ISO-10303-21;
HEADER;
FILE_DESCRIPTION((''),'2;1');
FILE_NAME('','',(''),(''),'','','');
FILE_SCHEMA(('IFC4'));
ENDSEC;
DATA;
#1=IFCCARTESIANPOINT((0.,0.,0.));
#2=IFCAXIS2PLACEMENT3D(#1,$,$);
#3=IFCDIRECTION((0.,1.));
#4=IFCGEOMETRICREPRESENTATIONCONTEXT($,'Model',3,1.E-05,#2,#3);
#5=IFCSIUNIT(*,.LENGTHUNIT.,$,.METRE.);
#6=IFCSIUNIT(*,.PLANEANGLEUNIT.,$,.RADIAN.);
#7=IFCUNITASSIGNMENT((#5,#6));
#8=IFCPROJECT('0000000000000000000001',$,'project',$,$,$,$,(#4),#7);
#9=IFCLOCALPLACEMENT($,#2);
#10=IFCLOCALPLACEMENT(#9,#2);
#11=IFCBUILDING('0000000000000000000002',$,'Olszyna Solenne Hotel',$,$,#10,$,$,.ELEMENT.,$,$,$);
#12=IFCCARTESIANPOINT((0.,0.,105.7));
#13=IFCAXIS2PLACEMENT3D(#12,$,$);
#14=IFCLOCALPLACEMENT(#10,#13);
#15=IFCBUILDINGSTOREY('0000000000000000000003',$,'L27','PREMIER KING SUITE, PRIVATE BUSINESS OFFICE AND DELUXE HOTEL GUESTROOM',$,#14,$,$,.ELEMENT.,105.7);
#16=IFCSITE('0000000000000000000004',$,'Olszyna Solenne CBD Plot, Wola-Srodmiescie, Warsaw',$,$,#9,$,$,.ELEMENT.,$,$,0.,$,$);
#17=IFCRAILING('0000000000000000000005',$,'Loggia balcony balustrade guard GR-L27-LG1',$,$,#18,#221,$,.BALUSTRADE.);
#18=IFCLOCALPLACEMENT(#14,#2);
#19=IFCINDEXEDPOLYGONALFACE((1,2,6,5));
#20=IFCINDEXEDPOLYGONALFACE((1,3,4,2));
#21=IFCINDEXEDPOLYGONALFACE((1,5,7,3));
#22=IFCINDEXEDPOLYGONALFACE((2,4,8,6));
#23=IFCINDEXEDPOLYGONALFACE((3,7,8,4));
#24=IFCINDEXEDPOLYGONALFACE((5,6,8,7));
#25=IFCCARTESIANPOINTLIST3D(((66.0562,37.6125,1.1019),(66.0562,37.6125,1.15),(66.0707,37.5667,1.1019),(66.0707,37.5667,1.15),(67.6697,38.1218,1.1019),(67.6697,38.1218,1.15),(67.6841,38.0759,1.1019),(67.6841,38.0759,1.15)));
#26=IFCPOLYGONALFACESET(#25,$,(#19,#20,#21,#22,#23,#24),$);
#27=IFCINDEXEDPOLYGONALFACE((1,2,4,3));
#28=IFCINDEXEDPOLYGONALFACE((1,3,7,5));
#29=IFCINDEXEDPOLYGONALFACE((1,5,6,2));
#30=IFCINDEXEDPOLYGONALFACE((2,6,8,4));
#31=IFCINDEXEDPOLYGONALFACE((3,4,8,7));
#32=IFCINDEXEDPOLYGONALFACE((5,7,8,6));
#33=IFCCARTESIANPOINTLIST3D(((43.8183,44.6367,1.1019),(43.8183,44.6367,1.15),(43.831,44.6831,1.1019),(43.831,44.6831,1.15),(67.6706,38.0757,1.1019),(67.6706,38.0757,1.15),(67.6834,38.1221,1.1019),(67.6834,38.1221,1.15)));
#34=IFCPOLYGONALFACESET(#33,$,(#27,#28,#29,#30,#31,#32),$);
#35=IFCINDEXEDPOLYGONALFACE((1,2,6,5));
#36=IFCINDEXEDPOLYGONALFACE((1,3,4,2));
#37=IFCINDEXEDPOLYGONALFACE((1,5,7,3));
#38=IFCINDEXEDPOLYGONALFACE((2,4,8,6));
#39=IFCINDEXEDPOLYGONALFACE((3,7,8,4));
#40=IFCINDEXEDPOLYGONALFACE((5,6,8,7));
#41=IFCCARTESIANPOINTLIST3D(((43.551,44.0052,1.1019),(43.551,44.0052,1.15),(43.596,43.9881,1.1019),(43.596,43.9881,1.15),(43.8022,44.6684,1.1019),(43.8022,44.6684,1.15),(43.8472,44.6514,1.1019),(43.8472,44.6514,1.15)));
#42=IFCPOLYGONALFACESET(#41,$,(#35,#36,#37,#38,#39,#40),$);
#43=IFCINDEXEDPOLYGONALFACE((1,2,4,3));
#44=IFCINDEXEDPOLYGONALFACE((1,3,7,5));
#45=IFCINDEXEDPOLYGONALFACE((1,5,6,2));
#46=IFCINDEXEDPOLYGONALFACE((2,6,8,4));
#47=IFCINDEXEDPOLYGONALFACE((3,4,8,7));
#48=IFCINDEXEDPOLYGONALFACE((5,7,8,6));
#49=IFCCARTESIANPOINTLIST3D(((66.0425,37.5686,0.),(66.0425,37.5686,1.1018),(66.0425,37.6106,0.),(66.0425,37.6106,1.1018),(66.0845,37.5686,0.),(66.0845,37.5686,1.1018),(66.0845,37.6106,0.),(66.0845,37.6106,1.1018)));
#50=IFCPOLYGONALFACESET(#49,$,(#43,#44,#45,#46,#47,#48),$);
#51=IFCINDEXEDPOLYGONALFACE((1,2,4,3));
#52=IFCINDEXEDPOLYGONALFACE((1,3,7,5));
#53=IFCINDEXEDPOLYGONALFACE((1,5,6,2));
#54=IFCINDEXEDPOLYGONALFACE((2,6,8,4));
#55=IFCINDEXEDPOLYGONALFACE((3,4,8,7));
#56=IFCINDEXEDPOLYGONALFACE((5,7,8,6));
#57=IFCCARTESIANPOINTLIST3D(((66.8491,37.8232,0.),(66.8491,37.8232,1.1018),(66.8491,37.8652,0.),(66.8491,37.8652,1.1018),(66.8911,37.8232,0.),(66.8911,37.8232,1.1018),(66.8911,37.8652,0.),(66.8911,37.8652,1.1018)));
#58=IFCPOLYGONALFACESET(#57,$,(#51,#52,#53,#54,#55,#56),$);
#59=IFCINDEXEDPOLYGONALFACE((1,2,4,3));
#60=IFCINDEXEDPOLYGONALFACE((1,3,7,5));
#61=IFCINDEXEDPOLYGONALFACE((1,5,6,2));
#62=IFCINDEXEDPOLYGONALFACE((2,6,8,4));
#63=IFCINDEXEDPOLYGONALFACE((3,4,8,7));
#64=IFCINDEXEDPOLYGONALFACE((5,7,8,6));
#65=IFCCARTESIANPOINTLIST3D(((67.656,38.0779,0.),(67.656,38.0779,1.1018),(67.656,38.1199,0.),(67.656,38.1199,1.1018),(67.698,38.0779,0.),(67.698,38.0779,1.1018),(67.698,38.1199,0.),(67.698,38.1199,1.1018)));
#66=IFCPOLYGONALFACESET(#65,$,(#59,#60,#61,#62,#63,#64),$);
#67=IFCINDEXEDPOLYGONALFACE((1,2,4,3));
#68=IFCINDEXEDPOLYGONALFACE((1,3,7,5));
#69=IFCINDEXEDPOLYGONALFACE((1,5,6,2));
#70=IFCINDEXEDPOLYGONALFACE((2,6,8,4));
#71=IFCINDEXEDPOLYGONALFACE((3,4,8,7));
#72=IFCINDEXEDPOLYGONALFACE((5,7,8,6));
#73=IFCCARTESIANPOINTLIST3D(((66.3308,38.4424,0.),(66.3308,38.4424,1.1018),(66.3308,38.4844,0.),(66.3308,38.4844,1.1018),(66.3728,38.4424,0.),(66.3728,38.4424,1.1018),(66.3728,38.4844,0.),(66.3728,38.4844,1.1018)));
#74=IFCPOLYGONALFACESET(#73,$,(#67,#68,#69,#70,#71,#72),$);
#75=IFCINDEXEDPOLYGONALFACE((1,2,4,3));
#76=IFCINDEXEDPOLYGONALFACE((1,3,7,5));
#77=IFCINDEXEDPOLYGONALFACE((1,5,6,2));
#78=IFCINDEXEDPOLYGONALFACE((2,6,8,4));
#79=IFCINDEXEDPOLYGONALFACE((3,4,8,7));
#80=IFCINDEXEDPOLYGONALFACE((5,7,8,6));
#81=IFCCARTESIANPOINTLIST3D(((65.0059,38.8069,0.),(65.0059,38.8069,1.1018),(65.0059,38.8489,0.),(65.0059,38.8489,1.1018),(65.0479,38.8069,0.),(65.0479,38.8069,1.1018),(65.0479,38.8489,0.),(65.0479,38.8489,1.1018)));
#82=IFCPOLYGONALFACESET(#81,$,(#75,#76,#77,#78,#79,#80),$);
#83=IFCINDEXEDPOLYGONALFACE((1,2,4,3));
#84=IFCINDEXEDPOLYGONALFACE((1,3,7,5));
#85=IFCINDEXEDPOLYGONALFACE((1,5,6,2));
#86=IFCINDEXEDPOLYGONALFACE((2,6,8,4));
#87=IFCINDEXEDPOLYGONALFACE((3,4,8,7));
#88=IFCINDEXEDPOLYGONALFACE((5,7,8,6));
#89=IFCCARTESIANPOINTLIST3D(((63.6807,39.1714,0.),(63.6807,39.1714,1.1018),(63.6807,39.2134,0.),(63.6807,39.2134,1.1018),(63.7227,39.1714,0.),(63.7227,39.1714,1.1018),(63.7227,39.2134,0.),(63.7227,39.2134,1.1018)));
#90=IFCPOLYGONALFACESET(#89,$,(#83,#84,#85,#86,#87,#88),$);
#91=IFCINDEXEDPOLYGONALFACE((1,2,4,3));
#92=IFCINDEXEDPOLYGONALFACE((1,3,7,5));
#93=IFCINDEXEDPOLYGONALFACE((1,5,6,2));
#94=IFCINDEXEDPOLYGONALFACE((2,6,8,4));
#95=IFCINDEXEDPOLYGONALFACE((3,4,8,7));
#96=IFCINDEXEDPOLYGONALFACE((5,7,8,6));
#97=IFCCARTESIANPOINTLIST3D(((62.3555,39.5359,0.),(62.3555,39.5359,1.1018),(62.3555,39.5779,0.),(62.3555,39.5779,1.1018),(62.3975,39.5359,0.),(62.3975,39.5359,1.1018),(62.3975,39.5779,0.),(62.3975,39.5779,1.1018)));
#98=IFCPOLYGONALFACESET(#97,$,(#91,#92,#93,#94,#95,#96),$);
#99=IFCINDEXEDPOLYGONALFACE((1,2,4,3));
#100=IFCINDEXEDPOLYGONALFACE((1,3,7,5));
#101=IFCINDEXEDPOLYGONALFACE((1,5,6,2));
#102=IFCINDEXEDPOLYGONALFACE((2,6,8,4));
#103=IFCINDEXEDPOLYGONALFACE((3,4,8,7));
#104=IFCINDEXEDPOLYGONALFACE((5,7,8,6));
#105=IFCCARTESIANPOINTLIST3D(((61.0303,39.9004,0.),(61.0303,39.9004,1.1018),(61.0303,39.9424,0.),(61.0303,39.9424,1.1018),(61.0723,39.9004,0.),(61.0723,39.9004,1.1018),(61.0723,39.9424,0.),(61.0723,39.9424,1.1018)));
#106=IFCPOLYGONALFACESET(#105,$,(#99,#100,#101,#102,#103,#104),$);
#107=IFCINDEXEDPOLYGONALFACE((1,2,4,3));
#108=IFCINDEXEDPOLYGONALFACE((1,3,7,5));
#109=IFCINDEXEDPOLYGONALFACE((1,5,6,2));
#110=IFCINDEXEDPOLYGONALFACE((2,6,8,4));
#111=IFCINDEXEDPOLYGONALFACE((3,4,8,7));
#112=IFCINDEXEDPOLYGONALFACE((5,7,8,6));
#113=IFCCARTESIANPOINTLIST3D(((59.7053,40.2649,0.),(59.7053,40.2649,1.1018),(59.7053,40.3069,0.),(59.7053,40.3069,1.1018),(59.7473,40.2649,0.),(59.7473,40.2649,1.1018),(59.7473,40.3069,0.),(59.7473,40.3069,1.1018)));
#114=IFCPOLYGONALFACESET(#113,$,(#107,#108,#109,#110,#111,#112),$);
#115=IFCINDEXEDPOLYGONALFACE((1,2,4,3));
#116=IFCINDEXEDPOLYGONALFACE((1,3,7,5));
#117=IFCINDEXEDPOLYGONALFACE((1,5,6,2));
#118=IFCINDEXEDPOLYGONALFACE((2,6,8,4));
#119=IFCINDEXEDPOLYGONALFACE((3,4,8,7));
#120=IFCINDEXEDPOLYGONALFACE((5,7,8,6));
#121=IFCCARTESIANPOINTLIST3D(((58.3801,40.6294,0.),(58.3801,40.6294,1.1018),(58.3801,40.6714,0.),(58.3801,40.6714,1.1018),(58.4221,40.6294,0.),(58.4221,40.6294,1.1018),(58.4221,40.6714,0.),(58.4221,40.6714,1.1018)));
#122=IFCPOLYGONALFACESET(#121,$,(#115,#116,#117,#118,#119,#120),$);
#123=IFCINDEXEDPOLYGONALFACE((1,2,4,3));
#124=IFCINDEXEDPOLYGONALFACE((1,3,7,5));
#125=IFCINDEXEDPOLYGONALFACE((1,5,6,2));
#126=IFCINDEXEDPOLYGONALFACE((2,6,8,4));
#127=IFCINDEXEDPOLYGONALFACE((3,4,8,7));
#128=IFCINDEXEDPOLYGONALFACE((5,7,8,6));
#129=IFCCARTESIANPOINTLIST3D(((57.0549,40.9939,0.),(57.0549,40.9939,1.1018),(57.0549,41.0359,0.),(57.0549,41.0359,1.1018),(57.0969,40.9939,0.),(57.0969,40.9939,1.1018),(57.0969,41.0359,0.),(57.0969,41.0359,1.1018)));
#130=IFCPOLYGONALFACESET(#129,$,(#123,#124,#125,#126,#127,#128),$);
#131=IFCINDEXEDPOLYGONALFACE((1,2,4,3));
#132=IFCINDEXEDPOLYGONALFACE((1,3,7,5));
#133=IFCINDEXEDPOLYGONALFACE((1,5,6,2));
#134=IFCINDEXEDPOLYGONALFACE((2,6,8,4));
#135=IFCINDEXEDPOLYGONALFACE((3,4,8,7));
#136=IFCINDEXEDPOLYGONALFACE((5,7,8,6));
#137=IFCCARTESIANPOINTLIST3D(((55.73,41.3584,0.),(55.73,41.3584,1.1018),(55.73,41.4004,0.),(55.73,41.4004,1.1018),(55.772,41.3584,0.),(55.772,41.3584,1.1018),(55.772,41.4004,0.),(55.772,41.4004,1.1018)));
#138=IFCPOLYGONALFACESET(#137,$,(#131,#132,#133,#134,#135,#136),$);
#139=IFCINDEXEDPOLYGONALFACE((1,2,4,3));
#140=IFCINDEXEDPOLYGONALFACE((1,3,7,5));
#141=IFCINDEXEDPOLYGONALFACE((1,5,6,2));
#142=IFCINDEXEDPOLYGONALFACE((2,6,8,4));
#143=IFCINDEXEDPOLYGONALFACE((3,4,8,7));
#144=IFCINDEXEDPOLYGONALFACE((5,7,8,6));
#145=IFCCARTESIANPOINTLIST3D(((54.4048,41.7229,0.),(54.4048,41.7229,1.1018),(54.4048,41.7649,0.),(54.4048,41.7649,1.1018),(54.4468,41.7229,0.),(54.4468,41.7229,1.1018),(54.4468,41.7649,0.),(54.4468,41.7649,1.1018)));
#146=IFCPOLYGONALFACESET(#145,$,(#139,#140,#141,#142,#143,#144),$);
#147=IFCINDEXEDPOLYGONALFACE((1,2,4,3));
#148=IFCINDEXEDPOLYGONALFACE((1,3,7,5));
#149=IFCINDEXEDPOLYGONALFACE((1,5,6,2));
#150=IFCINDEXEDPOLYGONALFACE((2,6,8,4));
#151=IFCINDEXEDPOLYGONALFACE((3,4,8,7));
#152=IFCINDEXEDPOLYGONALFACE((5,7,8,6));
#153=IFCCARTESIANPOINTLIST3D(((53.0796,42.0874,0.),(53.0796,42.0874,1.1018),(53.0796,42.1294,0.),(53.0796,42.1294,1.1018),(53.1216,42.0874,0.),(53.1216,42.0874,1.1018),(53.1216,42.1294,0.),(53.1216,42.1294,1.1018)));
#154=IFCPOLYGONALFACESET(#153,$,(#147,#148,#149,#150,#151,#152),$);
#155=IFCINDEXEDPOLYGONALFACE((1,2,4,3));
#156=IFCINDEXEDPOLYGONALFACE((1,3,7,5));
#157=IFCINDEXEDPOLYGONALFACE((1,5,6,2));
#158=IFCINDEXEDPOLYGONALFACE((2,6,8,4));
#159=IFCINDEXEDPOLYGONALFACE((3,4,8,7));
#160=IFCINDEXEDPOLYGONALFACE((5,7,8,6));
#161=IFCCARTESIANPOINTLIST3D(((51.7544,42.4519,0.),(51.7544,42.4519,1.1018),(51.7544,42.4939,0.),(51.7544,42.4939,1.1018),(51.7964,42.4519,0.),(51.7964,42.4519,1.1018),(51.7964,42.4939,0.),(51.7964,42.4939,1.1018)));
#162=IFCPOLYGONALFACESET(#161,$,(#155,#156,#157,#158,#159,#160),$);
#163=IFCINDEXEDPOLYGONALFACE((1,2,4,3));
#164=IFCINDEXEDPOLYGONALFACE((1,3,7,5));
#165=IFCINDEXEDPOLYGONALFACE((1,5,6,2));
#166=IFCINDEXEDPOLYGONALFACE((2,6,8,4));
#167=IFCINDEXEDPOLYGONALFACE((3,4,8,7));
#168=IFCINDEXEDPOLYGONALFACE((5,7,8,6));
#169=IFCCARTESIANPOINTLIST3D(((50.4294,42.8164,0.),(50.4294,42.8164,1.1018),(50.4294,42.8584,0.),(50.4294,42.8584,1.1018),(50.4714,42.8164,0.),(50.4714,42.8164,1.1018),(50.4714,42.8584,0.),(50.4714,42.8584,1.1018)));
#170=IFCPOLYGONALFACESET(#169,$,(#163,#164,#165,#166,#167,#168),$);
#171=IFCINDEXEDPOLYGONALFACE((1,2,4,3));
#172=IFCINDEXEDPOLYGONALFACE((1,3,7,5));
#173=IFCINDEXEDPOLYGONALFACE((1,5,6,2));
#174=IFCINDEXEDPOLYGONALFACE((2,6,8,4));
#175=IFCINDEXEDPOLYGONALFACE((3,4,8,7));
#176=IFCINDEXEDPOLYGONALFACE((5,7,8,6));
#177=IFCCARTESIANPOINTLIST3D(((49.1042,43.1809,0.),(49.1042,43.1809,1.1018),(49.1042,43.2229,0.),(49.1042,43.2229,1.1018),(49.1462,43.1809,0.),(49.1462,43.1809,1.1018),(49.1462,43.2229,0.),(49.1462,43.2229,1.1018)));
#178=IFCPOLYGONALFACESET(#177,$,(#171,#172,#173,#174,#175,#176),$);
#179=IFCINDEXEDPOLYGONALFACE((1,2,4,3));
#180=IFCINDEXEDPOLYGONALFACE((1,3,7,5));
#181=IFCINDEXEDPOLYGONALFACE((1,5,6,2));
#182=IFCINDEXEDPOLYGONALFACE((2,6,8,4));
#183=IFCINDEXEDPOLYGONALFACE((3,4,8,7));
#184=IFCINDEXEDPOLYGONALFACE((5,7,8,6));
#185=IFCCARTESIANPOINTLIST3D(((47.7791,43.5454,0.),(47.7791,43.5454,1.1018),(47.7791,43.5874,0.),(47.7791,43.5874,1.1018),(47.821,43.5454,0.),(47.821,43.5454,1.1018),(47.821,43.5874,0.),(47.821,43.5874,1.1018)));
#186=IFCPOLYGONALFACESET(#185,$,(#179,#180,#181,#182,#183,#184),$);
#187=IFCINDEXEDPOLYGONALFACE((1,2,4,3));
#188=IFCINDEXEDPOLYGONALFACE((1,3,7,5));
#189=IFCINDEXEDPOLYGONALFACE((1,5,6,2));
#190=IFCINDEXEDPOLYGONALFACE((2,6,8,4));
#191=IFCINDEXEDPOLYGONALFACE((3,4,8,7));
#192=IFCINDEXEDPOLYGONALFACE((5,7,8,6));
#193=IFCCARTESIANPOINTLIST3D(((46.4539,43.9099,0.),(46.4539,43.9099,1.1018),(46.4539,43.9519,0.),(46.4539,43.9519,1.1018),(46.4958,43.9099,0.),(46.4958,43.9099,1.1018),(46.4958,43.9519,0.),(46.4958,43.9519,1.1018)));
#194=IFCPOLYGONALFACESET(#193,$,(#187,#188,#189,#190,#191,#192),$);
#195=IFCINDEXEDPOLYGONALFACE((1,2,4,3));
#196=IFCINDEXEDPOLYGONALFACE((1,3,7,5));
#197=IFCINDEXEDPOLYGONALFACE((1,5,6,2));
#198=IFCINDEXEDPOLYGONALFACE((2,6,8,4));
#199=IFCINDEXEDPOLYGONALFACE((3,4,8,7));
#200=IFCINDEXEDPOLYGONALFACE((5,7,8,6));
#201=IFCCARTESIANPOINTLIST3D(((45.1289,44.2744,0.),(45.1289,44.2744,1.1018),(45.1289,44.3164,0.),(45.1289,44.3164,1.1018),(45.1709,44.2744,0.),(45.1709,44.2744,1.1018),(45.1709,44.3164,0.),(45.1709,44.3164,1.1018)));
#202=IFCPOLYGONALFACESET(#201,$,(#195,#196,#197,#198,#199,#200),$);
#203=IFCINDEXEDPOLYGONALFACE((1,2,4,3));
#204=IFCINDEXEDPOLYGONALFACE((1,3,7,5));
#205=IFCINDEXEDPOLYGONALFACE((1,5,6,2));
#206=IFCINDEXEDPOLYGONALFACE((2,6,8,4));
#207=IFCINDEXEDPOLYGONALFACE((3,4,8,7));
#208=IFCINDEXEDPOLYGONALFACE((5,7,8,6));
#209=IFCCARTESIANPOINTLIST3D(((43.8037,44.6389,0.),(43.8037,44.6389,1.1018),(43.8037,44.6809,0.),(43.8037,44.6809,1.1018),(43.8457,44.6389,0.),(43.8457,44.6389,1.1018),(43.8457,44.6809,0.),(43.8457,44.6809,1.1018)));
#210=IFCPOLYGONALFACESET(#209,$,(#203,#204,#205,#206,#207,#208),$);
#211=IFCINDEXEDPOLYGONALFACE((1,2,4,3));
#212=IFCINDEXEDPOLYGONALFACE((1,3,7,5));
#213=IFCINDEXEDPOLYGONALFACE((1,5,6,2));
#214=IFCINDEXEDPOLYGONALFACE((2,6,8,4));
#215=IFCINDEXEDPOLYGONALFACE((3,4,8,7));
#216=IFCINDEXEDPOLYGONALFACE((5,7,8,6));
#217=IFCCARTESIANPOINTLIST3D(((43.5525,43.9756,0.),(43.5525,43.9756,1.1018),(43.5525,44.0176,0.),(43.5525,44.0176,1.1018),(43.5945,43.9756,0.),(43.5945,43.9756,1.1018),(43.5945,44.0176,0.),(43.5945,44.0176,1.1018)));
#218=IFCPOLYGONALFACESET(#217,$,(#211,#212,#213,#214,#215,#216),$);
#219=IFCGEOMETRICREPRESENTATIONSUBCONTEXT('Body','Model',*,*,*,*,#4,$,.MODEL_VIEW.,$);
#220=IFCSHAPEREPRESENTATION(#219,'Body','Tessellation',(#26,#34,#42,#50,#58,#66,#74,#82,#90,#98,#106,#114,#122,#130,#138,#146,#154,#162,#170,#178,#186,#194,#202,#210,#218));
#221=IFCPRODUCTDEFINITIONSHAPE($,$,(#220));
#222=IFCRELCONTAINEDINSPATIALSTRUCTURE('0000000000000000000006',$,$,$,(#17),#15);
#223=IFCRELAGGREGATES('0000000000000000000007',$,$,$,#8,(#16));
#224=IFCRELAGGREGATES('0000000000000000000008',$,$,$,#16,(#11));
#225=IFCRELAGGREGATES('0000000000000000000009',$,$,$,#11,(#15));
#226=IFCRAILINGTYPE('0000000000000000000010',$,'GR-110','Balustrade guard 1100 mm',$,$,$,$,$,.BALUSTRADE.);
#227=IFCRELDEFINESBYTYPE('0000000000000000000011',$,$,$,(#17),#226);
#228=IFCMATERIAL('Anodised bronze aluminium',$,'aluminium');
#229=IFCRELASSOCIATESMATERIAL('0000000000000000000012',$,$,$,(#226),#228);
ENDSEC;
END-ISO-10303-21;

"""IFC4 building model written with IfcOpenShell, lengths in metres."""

from ifc_helpers import new_model, si_unit, direction, frame, origin, origin_2d, place, context, subcontext, project, spatial, rectangle, extrude, material, type_object, element, save


model = new_model("IFC4")

# Units and contexts
model_context = context("Model", 3, precision=1e-05, world=origin(), true_north=direction((0.0, 1.0)))
body_context = subcontext(model_context, "Body", "Model", "MODEL_VIEW")
ifc_project = project(units=[si_unit("LENGTHUNIT", "METRE"), si_unit("PLANEANGLEUNIT", "RADIAN")], contexts=[model_context])

# Site, building, storey
site_placement = place(None, origin())
site = spatial("IfcSite", under=ifc_project, at=site_placement, Name="Olszyna Solenne CBD Plot, Wola-Srodmiescie, Warsaw", CompositionType="ELEMENT", RefElevation=0.0)
building_placement = place(site_placement, origin())
building = spatial("IfcBuilding", under=site, at=building_placement, Name="Olszyna Solenne Hotel", CompositionType="ELEMENT")
storey_placement = place(building_placement, frame((0.0, 0.0, 105.7)))
storey = spatial("IfcBuildingStorey", under=building, at=storey_placement, Name="L27", Description="PREMIER KING SUITE, PRIVATE BUSINESS OFFICE AND DELUXE HOTEL GUESTROOM", CompositionType="ELEMENT", Elevation=105.7)

# Shared definitions
ifc_material_1 = material(Name="Anodised bronze aluminium", Category="aluminium")

# Railing
railing_type = type_object("IfcRailingType", Name="GR-110", Description="Balustrade guard 1100 mm", PredefinedType="BALUSTRADE", material=ifc_material_1)
railing_placement = place(storey_placement, frame((66.0635, 37.5896, 0.0)))
element("IfcRailing", 1, at=railing_placement, inside=storey, type_object=railing_type, Name="Loggia balcony balustrade guard GR-L27-LG1", PredefinedType="BALUSTRADE", context=body_context, shape_type="SweptSolid", body=[
    extrude(rectangle(XDim=0.0481, YDim=0.0481, at=origin_2d()), frame((0.0, 0.0, 1.126), z_axis=(0.953626, 0.300993, 0.0), x_axis=(-0.300993, 0.953626, 0.0)), (0.0, 0.0, 1.0), 1.6919),
    extrude(rectangle(XDim=0.0481, YDim=0.0481, at=origin_2d()), frame((1.6135, 0.5093, 1.126), z_axis=(-0.964188, 0.265219, 0.0), x_axis=(-0.265219, -0.964188, 0.0)), (0.0, 0.0, 1.0), 24.7383),
    extrude(rectangle(XDim=0.0481, YDim=0.0481, at=origin_2d()), frame((-22.2388, 7.0703, 1.126), z_axis=(-0.354177, -0.935178, 0.0), x_axis=(0.935178, -0.354177, 0.0)), (0.0, 0.0, 1.0), 0.7092),
    extrude(rectangle(XDim=0.042, YDim=0.042, at=origin_2d()), origin(), (0.0, 0.0, 1.0), 1.1018),
    extrude(rectangle(XDim=0.042, YDim=0.042, at=origin_2d()), frame((0.8066, 0.2546, 0.0)), (0.0, 0.0, 1.0), 1.1018),
    extrude(rectangle(XDim=0.042, YDim=0.042, at=origin_2d()), frame((1.6135, 0.5093, 0.0)), (0.0, 0.0, 1.0), 1.1018),
    extrude(rectangle(XDim=0.042, YDim=0.042, at=origin_2d()), frame((0.2883, 0.8738, 0.0)), (0.0, 0.0, 1.0), 1.1018),
    extrude(rectangle(XDim=0.042, YDim=0.042, at=origin_2d()), frame((-1.0366, 1.2383, 0.0)), (0.0, 0.0, 1.0), 1.1018),
    extrude(rectangle(XDim=0.042, YDim=0.042, at=origin_2d()), frame((-2.3618, 1.6028, 0.0)), (0.0, 0.0, 1.0), 1.1018),
    extrude(rectangle(XDim=0.042, YDim=0.042, at=origin_2d()), frame((-3.687, 1.9673, 0.0)), (0.0, 0.0, 1.0), 1.1018),
    extrude(rectangle(XDim=0.042, YDim=0.042, at=origin_2d()), frame((-5.0122, 2.3318, 0.0)), (0.0, 0.0, 1.0), 1.1018),
    extrude(rectangle(XDim=0.042, YDim=0.042, at=origin_2d()), frame((-6.3372, 2.6963, 0.0)), (0.0, 0.0, 1.0), 1.1018),
    extrude(rectangle(XDim=0.042, YDim=0.042, at=origin_2d()), frame((-7.6624, 3.0608, 0.0)), (0.0, 0.0, 1.0), 1.1018),
    extrude(rectangle(XDim=0.042, YDim=0.042, at=origin_2d()), frame((-8.9875, 3.4253, 0.0)), (0.0, 0.0, 1.0), 1.1018),
    extrude(rectangle(XDim=0.042, YDim=0.042, at=origin_2d()), frame((-10.3125, 3.7898, 0.0)), (0.0, 0.0, 1.0), 1.1018),
    extrude(rectangle(XDim=0.042, YDim=0.042, at=origin_2d()), frame((-11.6377, 4.1543, 0.0)), (0.0, 0.0, 1.0), 1.1018),
    extrude(rectangle(XDim=0.042, YDim=0.042, at=origin_2d()), frame((-12.9629, 4.5188, 0.0)), (0.0, 0.0, 1.0), 1.1018),
    extrude(rectangle(XDim=0.042, YDim=0.042, at=origin_2d()), frame((-14.2881, 4.8833, 0.0)), (0.0, 0.0, 1.0), 1.1018),
    extrude(rectangle(XDim=0.042, YDim=0.042, at=origin_2d()), frame((-15.613, 5.2478, 0.0)), (0.0, 0.0, 1.0), 1.1018),
    extrude(rectangle(XDim=0.042, YDim=0.042, at=origin_2d()), frame((-16.9382, 5.6123, 0.0)), (0.0, 0.0, 1.0), 1.1018),
    extrude(rectangle(XDim=0.042, YDim=0.042, at=origin_2d()), frame((-18.2634, 5.9768, 0.0)), (0.0, 0.0, 1.0), 1.1018),
    extrude(rectangle(XDim=0.042, YDim=0.042, at=origin_2d()), frame((-19.5886, 6.3413, 0.0)), (0.0, 0.0, 1.0), 1.1018),
    extrude(rectangle(XDim=0.042, YDim=0.042, at=origin_2d()), frame((-20.9136, 6.7058, 0.0)), (0.0, 0.0, 1.0), 1.1018),
    extrude(rectangle(XDim=0.042, YDim=0.042, at=origin_2d()), frame((-22.2388, 7.0703, 0.0)), (0.0, 0.0, 1.0), 1.1018),
    extrude(rectangle(XDim=0.042, YDim=0.042, at=origin_2d()), frame((-22.49, 6.407, 0.0)), (0.0, 0.0, 1.0), 1.1018),
])

save(model, "model.ifc")
